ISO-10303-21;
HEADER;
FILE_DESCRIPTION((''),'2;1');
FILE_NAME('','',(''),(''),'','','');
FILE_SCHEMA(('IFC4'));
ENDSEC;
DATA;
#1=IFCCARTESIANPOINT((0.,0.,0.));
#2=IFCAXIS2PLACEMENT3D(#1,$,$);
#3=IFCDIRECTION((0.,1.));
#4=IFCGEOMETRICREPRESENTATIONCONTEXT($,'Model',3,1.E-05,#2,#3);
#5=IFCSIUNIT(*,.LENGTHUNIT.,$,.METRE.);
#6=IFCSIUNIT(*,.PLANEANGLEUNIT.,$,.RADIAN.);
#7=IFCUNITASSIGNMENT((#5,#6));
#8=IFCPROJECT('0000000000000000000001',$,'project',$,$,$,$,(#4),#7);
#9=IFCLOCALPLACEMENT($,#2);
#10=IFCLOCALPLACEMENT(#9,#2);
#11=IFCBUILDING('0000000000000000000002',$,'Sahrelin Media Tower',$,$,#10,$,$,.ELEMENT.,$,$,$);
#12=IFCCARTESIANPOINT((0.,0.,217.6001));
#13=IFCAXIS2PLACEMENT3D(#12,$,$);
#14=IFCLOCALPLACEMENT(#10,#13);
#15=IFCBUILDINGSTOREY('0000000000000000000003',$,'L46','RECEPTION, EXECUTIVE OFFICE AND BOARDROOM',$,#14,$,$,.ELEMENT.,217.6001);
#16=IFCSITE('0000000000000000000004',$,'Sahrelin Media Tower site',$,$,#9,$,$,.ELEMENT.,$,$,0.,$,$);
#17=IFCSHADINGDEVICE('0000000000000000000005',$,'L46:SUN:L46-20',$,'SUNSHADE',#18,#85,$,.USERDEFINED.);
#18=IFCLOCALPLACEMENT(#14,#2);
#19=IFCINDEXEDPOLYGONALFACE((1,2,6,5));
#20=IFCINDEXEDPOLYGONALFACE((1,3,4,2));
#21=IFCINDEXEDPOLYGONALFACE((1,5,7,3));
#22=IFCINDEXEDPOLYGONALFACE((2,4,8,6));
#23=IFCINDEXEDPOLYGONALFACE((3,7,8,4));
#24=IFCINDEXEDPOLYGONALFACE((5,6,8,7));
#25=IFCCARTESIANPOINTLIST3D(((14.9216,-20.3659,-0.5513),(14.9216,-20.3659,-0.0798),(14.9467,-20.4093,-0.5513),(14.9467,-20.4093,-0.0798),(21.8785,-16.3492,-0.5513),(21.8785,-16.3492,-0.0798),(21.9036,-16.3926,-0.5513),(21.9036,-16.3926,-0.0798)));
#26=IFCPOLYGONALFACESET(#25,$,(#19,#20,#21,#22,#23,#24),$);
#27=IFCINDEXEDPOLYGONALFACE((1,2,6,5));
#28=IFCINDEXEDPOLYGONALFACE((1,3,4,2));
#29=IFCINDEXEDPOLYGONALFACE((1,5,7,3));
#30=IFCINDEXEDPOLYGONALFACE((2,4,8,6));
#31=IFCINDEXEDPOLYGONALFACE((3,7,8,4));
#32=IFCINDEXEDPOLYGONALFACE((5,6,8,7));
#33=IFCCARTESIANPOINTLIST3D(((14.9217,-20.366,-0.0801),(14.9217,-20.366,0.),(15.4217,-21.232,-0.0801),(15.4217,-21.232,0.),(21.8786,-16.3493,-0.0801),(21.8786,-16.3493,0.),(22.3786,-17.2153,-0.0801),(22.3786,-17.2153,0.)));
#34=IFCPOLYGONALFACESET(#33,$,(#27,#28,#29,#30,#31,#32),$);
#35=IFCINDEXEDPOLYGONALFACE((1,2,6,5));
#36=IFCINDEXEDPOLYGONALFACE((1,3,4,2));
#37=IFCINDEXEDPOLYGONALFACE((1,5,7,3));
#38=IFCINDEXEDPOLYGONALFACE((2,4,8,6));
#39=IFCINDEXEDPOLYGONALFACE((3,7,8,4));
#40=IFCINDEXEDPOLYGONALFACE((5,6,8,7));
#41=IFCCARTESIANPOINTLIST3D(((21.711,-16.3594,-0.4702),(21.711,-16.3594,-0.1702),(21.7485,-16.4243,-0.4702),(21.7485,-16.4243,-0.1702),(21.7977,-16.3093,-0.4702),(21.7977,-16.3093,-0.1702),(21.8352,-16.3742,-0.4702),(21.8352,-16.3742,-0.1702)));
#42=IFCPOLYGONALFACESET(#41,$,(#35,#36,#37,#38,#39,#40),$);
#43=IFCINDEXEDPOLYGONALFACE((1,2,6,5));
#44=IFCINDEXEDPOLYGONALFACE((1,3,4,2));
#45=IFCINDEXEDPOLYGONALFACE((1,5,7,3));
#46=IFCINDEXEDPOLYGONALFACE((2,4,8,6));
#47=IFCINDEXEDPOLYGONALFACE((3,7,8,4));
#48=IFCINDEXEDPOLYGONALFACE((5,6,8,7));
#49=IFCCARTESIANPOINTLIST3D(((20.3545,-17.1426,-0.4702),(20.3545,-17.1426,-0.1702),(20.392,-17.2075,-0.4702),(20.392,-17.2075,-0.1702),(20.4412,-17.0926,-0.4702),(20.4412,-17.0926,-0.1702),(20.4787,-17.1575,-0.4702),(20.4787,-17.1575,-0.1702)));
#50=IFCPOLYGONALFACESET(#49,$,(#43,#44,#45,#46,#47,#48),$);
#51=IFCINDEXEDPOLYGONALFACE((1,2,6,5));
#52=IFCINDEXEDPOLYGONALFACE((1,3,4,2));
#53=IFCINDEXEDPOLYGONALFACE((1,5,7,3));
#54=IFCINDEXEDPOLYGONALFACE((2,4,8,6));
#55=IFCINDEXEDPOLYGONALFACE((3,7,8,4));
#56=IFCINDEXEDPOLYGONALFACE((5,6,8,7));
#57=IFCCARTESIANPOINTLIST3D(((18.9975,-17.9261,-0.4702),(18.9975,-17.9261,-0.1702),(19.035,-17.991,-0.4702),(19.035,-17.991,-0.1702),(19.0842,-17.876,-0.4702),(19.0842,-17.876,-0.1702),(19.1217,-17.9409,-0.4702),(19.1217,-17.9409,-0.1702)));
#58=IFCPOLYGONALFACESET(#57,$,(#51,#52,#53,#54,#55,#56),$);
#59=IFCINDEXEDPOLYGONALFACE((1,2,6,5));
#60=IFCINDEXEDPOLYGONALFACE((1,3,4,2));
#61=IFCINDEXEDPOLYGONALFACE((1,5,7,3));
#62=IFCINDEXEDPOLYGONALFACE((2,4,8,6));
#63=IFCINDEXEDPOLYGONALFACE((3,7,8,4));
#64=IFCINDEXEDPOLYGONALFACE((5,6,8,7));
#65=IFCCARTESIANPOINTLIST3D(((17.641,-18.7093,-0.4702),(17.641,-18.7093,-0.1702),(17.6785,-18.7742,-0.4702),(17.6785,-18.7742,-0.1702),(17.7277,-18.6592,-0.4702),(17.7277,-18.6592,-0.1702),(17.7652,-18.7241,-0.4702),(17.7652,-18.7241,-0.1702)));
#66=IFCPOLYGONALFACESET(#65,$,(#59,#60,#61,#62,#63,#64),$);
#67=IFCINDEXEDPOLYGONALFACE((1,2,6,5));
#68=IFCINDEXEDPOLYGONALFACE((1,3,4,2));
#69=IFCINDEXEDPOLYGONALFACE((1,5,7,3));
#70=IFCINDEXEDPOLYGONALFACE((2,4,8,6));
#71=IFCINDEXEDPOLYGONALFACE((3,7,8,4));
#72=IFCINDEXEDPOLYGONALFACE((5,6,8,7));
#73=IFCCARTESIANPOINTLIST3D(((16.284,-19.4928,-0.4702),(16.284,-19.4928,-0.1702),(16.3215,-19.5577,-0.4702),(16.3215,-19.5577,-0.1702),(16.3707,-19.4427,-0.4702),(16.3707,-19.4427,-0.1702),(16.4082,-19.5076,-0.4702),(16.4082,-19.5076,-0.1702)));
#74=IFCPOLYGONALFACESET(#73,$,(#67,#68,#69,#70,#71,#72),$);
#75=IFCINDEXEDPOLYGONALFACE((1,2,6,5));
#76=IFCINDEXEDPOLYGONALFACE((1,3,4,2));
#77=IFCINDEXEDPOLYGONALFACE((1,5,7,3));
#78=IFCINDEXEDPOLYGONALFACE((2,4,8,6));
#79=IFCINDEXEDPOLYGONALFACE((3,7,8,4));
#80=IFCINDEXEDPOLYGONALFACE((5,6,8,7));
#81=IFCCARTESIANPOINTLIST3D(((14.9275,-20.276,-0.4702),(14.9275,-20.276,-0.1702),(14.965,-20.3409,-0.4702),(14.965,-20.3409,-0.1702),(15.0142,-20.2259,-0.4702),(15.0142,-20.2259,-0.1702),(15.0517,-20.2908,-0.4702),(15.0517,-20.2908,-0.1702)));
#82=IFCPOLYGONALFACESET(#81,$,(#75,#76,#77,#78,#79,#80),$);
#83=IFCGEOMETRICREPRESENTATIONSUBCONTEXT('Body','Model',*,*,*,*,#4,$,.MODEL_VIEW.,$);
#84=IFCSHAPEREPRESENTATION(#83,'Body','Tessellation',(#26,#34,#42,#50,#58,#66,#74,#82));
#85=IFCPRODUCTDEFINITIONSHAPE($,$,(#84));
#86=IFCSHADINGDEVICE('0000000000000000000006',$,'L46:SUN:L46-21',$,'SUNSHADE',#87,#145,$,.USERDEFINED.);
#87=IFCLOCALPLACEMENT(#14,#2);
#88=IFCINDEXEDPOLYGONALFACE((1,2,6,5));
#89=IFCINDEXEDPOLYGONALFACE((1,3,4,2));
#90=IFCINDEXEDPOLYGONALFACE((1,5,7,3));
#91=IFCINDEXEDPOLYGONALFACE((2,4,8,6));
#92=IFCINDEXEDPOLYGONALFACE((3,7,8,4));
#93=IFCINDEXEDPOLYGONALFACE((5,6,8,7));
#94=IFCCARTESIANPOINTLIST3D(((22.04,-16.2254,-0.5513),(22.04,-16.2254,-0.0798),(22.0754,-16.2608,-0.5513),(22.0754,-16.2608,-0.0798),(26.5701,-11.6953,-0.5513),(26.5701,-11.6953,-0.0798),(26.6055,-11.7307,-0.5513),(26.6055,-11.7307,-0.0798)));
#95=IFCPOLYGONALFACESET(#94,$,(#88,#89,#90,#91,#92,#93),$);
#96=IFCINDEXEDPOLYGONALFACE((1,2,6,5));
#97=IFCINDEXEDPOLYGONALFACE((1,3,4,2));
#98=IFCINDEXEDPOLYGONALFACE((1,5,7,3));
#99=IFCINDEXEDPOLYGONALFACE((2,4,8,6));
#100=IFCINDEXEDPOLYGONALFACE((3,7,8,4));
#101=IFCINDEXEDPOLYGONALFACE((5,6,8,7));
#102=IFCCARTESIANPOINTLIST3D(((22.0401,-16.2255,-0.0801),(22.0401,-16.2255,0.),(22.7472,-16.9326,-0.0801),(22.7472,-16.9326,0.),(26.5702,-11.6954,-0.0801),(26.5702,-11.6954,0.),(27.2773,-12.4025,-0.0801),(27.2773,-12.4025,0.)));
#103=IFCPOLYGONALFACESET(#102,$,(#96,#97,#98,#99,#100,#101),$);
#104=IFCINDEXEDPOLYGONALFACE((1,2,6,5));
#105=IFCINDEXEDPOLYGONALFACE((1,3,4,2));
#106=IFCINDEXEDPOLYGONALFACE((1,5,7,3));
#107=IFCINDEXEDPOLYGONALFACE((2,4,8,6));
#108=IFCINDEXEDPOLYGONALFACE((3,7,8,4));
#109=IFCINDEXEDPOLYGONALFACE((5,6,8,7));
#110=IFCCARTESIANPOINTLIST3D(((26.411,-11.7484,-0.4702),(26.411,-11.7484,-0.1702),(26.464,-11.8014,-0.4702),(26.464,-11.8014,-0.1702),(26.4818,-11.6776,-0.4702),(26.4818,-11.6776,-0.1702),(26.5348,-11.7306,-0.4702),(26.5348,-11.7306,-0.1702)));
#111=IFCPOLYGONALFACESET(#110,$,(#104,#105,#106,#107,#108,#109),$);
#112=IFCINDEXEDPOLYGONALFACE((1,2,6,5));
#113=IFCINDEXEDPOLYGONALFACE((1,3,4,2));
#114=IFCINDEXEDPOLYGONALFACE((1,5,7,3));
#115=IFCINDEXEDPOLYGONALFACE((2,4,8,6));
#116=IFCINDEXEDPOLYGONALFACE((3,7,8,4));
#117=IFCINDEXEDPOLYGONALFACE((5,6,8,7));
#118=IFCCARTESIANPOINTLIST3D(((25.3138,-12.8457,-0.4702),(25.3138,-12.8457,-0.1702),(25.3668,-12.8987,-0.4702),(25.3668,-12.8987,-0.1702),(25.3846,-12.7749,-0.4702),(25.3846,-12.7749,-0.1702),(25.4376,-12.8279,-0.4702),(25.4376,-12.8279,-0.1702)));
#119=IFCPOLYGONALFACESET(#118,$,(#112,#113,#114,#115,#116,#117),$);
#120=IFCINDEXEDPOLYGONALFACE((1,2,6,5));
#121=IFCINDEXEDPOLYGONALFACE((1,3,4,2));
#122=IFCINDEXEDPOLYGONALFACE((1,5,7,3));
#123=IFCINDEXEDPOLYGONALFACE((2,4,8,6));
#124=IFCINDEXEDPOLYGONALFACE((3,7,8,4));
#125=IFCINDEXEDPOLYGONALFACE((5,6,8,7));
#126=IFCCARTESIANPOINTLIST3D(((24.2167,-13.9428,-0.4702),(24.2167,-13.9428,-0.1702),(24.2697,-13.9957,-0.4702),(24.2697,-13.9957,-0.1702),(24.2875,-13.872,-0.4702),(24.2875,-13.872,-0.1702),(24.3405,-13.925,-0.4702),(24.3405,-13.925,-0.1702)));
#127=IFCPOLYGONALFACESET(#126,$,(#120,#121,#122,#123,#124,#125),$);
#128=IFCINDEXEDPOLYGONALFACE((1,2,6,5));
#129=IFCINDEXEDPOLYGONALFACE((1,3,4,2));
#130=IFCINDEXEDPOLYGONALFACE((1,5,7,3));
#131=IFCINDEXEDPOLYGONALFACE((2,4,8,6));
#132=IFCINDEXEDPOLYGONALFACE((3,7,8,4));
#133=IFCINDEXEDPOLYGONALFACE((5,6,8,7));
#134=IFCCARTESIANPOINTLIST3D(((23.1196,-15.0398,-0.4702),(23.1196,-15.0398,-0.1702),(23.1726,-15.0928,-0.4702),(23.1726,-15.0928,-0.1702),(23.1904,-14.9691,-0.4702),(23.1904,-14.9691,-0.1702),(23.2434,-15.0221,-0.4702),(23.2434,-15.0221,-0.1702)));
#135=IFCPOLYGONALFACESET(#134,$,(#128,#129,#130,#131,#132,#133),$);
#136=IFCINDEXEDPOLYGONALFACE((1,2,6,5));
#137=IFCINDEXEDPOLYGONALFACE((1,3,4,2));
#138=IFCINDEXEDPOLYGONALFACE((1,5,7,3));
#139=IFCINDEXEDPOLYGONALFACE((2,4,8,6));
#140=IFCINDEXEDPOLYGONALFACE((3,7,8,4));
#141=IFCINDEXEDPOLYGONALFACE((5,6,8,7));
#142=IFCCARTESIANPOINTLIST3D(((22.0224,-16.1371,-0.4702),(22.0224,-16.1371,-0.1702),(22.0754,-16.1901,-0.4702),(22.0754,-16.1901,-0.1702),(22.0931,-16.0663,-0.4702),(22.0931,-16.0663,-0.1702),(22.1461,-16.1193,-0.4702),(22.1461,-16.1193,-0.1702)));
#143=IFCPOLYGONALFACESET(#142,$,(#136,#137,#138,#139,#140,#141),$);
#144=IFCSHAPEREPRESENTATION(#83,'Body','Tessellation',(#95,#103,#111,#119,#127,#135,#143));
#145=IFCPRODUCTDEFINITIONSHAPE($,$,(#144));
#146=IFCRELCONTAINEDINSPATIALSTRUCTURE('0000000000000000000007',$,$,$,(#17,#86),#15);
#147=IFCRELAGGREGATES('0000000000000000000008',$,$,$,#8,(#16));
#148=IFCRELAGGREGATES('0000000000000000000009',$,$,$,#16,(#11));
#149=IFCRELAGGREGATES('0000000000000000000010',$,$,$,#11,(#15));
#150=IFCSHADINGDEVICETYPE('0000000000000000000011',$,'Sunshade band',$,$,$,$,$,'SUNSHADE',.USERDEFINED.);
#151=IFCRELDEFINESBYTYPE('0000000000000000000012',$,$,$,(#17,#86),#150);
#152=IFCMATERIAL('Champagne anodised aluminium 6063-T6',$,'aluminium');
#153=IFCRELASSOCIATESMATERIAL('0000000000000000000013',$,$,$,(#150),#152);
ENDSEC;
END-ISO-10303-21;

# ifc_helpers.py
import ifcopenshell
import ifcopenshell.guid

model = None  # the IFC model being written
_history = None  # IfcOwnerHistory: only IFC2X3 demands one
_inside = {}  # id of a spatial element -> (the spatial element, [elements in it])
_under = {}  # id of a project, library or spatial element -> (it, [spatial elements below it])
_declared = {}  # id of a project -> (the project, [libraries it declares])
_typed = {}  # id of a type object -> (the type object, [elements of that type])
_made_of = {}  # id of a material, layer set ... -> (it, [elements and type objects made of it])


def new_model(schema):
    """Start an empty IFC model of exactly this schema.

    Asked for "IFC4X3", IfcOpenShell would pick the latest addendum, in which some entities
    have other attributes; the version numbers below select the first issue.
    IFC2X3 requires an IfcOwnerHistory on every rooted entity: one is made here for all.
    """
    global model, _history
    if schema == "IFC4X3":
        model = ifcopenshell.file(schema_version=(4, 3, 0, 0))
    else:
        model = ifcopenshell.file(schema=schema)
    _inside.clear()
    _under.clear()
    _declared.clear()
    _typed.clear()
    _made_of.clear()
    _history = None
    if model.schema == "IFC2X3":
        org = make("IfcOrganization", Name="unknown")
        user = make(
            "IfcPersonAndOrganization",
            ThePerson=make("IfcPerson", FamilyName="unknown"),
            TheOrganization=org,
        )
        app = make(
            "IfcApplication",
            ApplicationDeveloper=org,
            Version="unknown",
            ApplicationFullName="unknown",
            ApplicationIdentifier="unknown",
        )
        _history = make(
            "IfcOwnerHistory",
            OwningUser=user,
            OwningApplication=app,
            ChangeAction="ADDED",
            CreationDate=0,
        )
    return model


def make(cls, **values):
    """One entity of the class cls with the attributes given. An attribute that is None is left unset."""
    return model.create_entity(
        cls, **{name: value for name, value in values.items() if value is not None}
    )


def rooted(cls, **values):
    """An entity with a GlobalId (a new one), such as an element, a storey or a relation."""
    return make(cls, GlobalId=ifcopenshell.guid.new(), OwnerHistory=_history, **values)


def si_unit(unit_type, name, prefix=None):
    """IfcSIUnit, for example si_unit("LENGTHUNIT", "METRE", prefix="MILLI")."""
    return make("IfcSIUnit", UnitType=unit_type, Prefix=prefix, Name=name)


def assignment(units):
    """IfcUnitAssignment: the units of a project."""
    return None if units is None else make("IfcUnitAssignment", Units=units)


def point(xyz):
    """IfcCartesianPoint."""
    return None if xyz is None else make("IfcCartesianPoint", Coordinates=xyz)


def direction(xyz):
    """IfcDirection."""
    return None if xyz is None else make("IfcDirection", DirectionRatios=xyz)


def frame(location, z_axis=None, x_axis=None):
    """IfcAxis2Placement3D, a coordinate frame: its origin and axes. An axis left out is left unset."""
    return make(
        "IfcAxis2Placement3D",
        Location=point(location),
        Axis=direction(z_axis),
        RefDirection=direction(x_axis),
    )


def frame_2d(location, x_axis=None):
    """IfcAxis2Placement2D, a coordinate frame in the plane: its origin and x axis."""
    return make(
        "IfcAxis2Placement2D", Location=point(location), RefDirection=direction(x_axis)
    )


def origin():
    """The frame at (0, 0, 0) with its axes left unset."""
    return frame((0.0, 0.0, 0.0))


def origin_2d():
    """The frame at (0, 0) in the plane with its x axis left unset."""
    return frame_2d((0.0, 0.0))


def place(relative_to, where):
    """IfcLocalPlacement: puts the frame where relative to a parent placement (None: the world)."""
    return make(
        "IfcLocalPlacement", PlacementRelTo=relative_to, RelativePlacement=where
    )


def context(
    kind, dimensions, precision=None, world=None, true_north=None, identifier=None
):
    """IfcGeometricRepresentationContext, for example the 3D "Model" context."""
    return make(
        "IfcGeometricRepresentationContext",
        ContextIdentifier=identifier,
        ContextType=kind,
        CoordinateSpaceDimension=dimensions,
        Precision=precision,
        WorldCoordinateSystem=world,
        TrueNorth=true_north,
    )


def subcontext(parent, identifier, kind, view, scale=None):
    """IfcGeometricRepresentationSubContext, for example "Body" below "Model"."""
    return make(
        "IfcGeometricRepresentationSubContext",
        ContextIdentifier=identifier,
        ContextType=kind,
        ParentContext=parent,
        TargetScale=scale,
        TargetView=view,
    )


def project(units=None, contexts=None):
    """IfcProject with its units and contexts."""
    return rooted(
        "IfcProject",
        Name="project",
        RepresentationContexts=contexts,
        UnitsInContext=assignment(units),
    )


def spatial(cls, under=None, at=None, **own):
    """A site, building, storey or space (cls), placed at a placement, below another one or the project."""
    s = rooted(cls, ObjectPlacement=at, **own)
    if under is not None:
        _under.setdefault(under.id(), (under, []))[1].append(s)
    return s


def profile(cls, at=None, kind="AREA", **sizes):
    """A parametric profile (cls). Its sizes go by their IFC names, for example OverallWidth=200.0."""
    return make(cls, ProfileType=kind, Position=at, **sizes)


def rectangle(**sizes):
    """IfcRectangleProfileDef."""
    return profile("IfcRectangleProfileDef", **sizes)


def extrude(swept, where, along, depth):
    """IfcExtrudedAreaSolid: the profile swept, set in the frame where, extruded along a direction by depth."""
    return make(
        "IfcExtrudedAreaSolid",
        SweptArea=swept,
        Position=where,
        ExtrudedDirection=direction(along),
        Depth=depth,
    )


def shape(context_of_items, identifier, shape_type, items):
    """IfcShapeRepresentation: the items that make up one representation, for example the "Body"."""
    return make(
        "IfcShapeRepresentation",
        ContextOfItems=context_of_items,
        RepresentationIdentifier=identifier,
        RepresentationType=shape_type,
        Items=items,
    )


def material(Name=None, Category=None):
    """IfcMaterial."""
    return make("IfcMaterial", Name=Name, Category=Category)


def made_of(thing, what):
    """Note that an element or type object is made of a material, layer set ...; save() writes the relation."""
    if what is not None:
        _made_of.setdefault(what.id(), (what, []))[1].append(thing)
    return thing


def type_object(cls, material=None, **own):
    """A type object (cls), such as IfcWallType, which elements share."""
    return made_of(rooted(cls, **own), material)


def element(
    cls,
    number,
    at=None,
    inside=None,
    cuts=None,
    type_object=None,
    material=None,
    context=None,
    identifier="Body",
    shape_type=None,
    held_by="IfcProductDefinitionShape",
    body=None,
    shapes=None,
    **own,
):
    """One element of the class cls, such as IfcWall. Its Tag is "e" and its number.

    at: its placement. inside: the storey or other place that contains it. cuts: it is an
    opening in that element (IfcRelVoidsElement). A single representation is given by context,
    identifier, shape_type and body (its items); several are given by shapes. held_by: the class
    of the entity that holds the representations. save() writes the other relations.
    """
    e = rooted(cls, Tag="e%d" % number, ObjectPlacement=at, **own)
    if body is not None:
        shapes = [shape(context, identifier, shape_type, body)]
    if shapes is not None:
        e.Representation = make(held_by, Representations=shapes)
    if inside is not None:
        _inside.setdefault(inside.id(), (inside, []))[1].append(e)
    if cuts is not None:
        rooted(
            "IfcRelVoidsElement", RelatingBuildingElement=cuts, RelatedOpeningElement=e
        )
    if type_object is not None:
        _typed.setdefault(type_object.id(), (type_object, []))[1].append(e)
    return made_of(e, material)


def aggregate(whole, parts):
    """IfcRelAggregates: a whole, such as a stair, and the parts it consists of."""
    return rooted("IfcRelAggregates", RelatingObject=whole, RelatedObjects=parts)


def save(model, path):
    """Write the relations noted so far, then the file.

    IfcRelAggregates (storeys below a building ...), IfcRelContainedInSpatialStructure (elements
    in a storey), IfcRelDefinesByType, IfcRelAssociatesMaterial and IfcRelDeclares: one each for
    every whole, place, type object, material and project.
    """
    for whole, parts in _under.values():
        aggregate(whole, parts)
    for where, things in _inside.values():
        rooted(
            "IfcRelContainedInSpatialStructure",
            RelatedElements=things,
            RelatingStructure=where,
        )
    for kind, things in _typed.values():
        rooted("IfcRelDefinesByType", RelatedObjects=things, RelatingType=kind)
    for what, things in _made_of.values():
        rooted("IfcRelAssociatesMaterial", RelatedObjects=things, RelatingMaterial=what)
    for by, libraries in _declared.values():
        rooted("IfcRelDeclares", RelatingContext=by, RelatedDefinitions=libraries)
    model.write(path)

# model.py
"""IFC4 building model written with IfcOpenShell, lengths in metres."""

from ifc_helpers import new_model, si_unit, direction, frame, origin, origin_2d, place, context, subcontext, project, spatial, rectangle, extrude, material, type_object, element, save


model = new_model("IFC4")

# Units and contexts
model_context = context("Model", 3, precision=1e-05, world=origin(), true_north=direction((0.0, 1.0)))
body_context = subcontext(model_context, "Body", "Model", "MODEL_VIEW")
ifc_project = project(units=[si_unit("LENGTHUNIT", "METRE"), si_unit("PLANEANGLEUNIT", "RADIAN")], contexts=[model_context])

# Site, building, storey
site_placement = place(None, origin())
site = spatial("IfcSite", under=ifc_project, at=site_placement, Name="Sahrelin Media Tower site", CompositionType="ELEMENT", RefElevation=0.0)
building_placement = place(site_placement, origin())
building = spatial("IfcBuilding", under=site, at=building_placement, Name="Sahrelin Media Tower", CompositionType="ELEMENT")
storey_placement = place(building_placement, frame((0.0, 0.0, 217.6001)))
storey = spatial("IfcBuildingStorey", under=building, at=storey_placement, Name="L46", Description="RECEPTION, EXECUTIVE OFFICE AND BOARDROOM", CompositionType="ELEMENT", Elevation=217.6001)

# Shared definitions
ifc_material_1 = material(Name="Champagne anodised aluminium 6063-T6", Category="aluminium")

# Shading devices
placement_1 = place(storey_placement, frame((18.3901, -18.3403, 0.0), z_axis=(0.0, 0.0, 1.0), x_axis=(-0.866019, -0.500011, 0.0)))
placement_2 = place(storey_placement, frame((24.291, -13.9463, 0.0), z_axis=(0.0, 0.0, 1.0), x_axis=(-0.707107, -0.707107, 0.0)))
shading_device_type_1 = type_object("IfcShadingDeviceType", Name="Sunshade band", ElementType="SUNSHADE", PredefinedType="USERDEFINED", material=ifc_material_1)
element("IfcShadingDevice", 1, at=placement_1, inside=storey, type_object=shading_device_type_1, Name="L46:SUN:L46-20", ObjectType="SUNSHADE", PredefinedType="USERDEFINED", context=body_context, shape_type="SweptSolid", body=[
    extrude(rectangle(XDim=8.0332, YDim=0.05, at=origin_2d()), frame((0.0, 0.0449, -0.5513)), (0.0, 0.0, 1.0), 0.4714),
    extrude(rectangle(XDim=8.0332, YDim=1.0, at=origin_2d()), frame((0.0, 0.52, -0.0801)), (0.0, 0.0, 1.0), 0.0801),
    extrude(rectangle(XDim=0.1001, YDim=0.075, at=origin_2d()), frame((-3.9165, -0.0176, -0.4702)), (0.0, 0.0, 1.0), 0.3),
    extrude(rectangle(XDim=0.1001, YDim=0.075, at=origin_2d()), frame((-2.3501, -0.0176, -0.4702)), (0.0, 0.0, 1.0), 0.3),
    extrude(rectangle(XDim=0.1001, YDim=0.075, at=origin_2d()), frame((-0.7832, -0.0176, -0.4702)), (0.0, 0.0, 1.0), 0.3),
    extrude(rectangle(XDim=0.1001, YDim=0.075, at=origin_2d()), frame((0.7832, -0.0176, -0.4702)), (0.0, 0.0, 1.0), 0.3),
    extrude(rectangle(XDim=0.1001, YDim=0.075, at=origin_2d()), frame((2.3501, -0.0176, -0.4702)), (0.0, 0.0, 1.0), 0.3),
    extrude(rectangle(XDim=0.1001, YDim=0.075, at=origin_2d()), frame((3.9165, -0.0176, -0.4702)), (0.0, 0.0, 1.0), 0.3),
])
element("IfcShadingDevice", 2, at=placement_2, inside=storey, type_object=shading_device_type_1, Name="L46:SUN:L46-21", ObjectType="SUNSHADE", PredefinedType="USERDEFINED", context=body_context, shape_type="SweptSolid", body=[
    extrude(rectangle(XDim=6.4065, YDim=0.05, at=origin_2d()), frame((0.0, 0.0449, -0.5513)), (0.0, 0.0, 1.0), 0.4714),
    extrude(rectangle(XDim=6.4065, YDim=1.0, at=origin_2d()), frame((0.0, 0.52, -0.0801)), (0.0, 0.0, 1.0), 0.0801),
    extrude(rectangle(XDim=0.1001, YDim=0.075, at=origin_2d()), frame((-3.1033, -0.0176, -0.4702)), (0.0, 0.0, 1.0), 0.3),
    extrude(rectangle(XDim=0.1001, YDim=0.075, at=origin_2d()), frame((-1.5515, -0.0176, -0.4702)), (0.0, 0.0, 1.0), 0.3),
    extrude(rectangle(XDim=0.1001, YDim=0.075, at=origin_2d()), frame((0.0, -0.0176, -0.4702)), (0.0, 0.0, 1.0), 0.3),
    extrude(rectangle(XDim=0.1001, YDim=0.075, at=origin_2d()), frame((1.5515, -0.0176, -0.4702)), (0.0, 0.0, 1.0), 0.3),
    extrude(rectangle(XDim=0.1001, YDim=0.075, at=origin_2d()), frame((3.1033, -0.0176, -0.4702)), (0.0, 0.0, 1.0), 0.3),
])

save(model, "model.ifc")
